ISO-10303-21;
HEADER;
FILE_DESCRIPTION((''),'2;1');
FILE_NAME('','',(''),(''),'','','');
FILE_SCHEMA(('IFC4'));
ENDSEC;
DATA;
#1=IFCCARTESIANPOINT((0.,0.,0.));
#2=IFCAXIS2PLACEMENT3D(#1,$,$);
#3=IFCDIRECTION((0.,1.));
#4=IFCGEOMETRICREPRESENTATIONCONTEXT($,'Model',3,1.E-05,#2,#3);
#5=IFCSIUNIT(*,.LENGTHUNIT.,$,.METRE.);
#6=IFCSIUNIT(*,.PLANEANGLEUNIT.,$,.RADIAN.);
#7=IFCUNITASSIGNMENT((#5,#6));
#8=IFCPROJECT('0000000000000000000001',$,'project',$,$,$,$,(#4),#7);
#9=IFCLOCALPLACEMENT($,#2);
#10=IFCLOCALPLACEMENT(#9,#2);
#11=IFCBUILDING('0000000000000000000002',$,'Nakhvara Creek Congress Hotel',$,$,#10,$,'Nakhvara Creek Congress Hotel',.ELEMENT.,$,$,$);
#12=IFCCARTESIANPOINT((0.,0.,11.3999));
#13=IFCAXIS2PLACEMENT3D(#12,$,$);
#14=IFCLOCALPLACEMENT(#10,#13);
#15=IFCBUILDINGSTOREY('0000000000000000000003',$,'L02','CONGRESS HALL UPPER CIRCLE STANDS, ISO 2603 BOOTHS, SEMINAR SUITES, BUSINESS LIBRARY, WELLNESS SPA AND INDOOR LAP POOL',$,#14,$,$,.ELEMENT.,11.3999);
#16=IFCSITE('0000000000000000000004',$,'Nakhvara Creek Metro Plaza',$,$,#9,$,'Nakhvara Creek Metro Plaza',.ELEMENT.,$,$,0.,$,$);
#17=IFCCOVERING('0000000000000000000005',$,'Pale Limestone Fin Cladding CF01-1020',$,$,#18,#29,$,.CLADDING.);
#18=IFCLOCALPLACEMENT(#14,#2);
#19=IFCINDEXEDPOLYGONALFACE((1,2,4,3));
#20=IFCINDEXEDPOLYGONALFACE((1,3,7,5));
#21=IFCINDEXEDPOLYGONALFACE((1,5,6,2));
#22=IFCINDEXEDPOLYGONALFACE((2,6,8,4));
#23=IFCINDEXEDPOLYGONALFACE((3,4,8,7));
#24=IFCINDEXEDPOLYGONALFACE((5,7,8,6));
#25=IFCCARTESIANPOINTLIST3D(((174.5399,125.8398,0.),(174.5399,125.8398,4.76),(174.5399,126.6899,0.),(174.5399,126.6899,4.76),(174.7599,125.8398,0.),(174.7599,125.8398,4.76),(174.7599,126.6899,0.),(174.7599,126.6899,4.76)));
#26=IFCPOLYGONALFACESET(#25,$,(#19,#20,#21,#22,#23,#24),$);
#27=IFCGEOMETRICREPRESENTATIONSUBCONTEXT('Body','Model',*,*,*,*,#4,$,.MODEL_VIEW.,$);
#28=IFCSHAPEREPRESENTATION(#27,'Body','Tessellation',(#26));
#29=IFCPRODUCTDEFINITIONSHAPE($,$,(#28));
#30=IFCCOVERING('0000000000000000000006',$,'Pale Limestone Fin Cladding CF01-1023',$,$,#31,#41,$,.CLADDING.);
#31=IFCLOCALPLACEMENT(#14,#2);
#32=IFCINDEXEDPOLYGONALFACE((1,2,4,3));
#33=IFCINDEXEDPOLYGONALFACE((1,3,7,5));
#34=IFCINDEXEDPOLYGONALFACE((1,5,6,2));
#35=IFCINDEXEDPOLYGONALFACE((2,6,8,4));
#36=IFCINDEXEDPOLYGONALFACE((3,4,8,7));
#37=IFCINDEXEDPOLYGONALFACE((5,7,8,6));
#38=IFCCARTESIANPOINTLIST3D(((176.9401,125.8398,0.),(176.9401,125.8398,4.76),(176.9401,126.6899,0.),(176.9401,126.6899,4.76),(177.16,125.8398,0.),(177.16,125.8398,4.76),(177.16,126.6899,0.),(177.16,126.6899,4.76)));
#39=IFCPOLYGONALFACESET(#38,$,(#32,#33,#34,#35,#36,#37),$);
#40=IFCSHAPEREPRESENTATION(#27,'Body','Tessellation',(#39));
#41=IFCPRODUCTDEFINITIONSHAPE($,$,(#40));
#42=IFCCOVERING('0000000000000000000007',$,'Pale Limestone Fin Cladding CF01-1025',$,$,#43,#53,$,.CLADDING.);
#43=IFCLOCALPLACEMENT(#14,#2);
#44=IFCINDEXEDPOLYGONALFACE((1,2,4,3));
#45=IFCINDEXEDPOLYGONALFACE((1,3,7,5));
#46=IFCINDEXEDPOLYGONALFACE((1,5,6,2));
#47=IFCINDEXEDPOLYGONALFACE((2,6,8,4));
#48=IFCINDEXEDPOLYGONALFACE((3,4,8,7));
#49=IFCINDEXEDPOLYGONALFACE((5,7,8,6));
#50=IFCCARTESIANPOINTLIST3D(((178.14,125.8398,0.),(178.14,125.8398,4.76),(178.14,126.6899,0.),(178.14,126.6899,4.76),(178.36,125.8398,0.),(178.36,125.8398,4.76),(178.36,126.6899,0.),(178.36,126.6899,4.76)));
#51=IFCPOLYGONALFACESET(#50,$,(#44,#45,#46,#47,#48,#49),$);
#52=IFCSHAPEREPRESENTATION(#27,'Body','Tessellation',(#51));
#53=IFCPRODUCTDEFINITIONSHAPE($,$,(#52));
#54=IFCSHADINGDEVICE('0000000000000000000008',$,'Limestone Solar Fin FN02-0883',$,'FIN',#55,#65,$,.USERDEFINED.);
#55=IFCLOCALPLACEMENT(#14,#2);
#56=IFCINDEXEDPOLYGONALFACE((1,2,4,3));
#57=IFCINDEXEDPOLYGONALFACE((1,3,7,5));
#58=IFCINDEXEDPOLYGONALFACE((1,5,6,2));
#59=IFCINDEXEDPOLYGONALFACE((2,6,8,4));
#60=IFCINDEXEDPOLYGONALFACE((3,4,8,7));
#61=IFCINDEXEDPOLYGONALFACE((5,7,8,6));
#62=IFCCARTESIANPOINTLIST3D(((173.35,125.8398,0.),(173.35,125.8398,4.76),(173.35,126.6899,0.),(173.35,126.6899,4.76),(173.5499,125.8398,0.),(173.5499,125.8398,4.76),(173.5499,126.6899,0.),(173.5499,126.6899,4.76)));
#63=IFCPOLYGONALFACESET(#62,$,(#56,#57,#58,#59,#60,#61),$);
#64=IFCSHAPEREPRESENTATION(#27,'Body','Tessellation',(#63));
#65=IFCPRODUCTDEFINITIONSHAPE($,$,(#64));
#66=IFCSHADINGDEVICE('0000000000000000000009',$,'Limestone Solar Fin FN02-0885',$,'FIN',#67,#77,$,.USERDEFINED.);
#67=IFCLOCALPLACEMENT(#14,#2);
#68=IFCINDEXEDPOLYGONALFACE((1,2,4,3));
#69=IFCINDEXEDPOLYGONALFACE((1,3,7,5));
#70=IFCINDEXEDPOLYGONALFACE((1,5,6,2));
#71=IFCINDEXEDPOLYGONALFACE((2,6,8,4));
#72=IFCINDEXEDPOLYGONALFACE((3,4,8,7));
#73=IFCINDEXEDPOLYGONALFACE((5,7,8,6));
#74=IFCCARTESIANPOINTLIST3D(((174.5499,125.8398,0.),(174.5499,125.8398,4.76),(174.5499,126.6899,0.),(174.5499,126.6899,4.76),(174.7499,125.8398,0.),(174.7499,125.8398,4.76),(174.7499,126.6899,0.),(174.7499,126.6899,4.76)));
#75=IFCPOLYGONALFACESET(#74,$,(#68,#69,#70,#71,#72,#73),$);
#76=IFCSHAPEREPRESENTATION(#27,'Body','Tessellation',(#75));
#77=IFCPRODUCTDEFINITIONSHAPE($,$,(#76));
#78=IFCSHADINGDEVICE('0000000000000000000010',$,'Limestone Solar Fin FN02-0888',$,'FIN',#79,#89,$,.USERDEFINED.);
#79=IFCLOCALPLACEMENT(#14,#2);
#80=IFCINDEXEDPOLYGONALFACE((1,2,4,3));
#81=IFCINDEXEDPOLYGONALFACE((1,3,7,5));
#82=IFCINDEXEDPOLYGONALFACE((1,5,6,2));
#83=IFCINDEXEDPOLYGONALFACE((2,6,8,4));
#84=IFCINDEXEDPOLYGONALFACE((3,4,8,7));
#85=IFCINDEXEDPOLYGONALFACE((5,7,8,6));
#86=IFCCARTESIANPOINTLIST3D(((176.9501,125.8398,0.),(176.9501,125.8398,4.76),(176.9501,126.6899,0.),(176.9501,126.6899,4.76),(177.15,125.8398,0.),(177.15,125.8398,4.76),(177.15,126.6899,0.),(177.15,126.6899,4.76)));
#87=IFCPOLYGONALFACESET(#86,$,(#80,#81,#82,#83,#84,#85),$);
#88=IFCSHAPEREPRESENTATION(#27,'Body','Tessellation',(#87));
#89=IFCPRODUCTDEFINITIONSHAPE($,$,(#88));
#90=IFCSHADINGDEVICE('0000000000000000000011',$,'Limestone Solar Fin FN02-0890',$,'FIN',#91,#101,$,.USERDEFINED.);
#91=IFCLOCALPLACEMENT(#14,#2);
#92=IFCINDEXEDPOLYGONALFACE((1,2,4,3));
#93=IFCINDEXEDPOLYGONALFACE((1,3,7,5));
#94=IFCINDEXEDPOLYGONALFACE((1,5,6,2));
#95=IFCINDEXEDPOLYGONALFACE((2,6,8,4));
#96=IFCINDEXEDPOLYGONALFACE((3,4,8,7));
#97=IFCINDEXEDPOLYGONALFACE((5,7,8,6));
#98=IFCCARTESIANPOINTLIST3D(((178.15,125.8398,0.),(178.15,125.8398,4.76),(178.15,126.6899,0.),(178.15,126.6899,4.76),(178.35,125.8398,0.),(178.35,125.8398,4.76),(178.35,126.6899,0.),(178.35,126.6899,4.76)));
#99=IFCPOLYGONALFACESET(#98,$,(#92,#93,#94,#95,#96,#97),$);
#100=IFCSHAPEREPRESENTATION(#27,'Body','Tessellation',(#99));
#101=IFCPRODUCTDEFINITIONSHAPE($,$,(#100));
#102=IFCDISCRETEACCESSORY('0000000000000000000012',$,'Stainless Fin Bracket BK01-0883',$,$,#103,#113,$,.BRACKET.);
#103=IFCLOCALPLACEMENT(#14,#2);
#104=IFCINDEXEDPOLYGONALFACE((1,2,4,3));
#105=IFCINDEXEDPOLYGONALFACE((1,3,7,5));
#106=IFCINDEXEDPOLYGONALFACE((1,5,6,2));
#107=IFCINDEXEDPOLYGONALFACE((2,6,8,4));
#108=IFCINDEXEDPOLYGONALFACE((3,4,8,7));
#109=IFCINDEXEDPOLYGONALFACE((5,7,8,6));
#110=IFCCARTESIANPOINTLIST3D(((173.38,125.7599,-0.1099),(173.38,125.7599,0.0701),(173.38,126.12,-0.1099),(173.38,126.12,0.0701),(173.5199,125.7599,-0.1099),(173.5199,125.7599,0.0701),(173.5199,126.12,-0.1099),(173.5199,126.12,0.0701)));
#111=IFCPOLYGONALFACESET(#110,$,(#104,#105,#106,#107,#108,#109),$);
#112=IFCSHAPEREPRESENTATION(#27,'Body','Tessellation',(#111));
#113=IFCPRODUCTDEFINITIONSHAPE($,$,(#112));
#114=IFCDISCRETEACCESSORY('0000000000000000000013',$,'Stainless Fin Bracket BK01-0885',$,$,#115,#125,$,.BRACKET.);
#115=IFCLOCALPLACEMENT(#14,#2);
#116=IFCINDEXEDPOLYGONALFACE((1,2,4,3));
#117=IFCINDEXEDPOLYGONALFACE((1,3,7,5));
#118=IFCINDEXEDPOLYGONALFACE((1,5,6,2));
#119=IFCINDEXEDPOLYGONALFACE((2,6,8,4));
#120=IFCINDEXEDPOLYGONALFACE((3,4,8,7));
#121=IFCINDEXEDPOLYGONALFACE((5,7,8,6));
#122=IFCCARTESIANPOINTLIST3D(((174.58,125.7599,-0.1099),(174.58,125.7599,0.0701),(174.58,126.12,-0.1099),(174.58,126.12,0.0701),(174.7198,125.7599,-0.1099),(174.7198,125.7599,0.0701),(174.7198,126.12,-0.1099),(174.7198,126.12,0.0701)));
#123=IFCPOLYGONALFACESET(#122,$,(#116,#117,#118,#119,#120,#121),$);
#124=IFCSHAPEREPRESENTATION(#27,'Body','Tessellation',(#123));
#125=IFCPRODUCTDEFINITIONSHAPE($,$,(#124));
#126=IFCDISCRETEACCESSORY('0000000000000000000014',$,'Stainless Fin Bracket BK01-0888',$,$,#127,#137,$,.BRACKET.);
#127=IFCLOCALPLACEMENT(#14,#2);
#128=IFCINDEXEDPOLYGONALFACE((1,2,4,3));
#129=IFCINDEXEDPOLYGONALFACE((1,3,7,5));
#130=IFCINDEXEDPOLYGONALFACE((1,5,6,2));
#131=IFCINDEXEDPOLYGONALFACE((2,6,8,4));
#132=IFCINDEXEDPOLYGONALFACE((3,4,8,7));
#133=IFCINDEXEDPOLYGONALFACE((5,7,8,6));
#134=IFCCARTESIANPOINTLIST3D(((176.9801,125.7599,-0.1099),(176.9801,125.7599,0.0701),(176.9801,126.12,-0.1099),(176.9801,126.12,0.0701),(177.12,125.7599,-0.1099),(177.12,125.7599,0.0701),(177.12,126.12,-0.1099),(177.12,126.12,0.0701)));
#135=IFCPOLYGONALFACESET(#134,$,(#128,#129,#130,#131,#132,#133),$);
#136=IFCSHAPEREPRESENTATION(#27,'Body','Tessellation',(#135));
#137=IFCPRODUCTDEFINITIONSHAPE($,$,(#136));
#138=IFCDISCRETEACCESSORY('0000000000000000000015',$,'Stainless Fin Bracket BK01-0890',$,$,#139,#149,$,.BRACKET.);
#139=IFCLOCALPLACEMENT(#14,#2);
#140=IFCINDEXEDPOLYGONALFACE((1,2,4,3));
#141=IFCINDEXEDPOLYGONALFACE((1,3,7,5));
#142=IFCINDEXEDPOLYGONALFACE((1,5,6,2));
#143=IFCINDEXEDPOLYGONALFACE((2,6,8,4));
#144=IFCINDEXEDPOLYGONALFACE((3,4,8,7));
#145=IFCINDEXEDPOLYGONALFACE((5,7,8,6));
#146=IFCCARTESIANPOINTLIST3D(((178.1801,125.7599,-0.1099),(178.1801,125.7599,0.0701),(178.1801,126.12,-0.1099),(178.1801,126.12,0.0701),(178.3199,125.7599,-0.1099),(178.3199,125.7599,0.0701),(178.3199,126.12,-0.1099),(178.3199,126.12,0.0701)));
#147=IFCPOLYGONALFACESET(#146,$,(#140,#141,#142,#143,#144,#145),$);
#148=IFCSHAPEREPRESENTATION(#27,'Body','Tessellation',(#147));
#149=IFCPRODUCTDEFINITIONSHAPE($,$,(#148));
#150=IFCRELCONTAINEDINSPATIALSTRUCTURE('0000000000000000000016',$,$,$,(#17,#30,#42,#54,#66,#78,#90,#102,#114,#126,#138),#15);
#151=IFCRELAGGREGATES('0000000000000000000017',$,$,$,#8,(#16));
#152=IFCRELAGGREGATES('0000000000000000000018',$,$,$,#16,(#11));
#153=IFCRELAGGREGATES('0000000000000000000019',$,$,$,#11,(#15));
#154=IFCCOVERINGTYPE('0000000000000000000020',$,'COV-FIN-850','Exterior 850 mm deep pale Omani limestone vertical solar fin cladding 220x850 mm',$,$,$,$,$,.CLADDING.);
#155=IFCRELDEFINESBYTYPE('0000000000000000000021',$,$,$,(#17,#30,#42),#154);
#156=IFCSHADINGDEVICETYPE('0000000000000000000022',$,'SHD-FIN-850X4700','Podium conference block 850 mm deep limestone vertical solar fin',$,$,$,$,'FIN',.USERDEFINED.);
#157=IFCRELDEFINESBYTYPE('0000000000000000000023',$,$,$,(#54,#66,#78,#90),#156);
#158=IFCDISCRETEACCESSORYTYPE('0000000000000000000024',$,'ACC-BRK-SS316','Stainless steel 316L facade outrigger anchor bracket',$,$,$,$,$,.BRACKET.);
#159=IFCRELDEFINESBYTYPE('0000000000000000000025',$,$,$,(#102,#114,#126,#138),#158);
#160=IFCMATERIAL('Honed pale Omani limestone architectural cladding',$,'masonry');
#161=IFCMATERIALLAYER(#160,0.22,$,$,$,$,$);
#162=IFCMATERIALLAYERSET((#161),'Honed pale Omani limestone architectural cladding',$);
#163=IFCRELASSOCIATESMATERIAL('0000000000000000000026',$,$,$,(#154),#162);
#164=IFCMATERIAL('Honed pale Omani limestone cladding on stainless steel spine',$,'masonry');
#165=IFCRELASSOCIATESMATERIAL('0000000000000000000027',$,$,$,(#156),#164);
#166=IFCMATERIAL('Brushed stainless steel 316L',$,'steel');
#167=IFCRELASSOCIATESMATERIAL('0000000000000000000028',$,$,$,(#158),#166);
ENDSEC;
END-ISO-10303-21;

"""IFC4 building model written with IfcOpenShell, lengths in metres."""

from ifc_helpers import new_model, si_unit, direction, frame, origin, origin_2d, place, context, subcontext, project, spatial, rectangle, extrude, material, layer, layer_set, type_object, element, save


model = new_model("IFC4")

# Units and contexts
model_context = context("Model", 3, precision=1e-05, world=origin(), true_north=direction((0.0, 1.0)))
body_context = subcontext(model_context, "Body", "Model", "MODEL_VIEW")
ifc_project = project(units=[si_unit("LENGTHUNIT", "METRE"), si_unit("PLANEANGLEUNIT", "RADIAN")], contexts=[model_context])

# Site, building, storey
site_placement = place(None, origin())
site = spatial("IfcSite", under=ifc_project, at=site_placement, Name="Nakhvara Creek Metro Plaza", LongName="Nakhvara Creek Metro Plaza", CompositionType="ELEMENT", RefElevation=0.0)
building_placement = place(site_placement, origin())
building = spatial("IfcBuilding", under=site, at=building_placement, Name="Nakhvara Creek Congress Hotel", LongName="Nakhvara Creek Congress Hotel", CompositionType="ELEMENT")
storey_placement = place(building_placement, frame((0.0, 0.0, 11.3999)))
storey = spatial("IfcBuildingStorey", under=building, at=storey_placement, Name="L02", Description="CONGRESS HALL UPPER CIRCLE STANDS, ISO 2603 BOOTHS, SEMINAR SUITES, BUSINESS LIBRARY, WELLNESS SPA AND INDOOR LAP POOL", CompositionType="ELEMENT", Elevation=11.3999)

# Coverings
ifc_material_1 = material(Name="Honed pale Omani limestone architectural cladding", Category="masonry")
ifc_layer_1 = layer(ifc_material_1, 0.22)
ifc_layer_set_1 = layer_set([ifc_layer_1], Name="Honed pale Omani limestone architectural cladding")
covering_type = type_object("IfcCoveringType", Name="COV-FIN-850", Description="Exterior 850 mm deep pale Omani limestone vertical solar fin cladding 220x850 mm", PredefinedType="CLADDING", material=ifc_layer_set_1)
for number, where, z_axis, x_axis, name in (
    (1, (174.6499, 126.2649, 0.0), (0.0, 0.0, 1.0), (1.0, 0.0, 0.0), "Pale Limestone Fin Cladding CF01-1020"),
    (2, (177.05, 126.2649, 0.0), (0.0, 0.0, 1.0), (1.0, 0.0, 0.0), "Pale Limestone Fin Cladding CF01-1023"),
    (3, (178.25, 126.2649, 0.0), (0.0, 0.0, 1.0), (1.0, 0.0, 0.0), "Pale Limestone Fin Cladding CF01-1025"),
):
    element("IfcCovering", number, at=place(storey_placement, frame(where, z_axis=z_axis, x_axis=x_axis)), inside=storey, type_object=covering_type, Name=name, PredefinedType="CLADDING", context=body_context, shape_type="SweptSolid", body=[
        extrude(rectangle(XDim=0.22, YDim=0.8501, at=origin_2d()), origin(), (0.0, 0.0, 1.0), 4.76),
    ])

# Shading devices
ifc_material_2 = material(Name="Honed pale Omani limestone cladding on stainless steel spine", Category="masonry")
shading_device_type = type_object("IfcShadingDeviceType", Name="SHD-FIN-850X4700", Description="Podium conference block 850 mm deep limestone vertical solar fin", ElementType="FIN", PredefinedType="USERDEFINED", material=ifc_material_2)
for number, where, z_axis, x_axis, name in (
    (4, (173.45, 126.2649, 0.0), (0.0, 0.0, 1.0), (1.0, 0.0, 0.0), "Limestone Solar Fin FN02-0883"),
    (5, (174.6499, 126.2649, 0.0), (0.0, 0.0, 1.0), (1.0, 0.0, 0.0), "Limestone Solar Fin FN02-0885"),
    (6, (177.05, 126.2649, 0.0), (0.0, 0.0, 1.0), (1.0, 0.0, 0.0), "Limestone Solar Fin FN02-0888"),
    (7, (178.25, 126.2649, 0.0), (0.0, 0.0, 1.0), (1.0, 0.0, 0.0), "Limestone Solar Fin FN02-0890"),
):
    element("IfcShadingDevice", number, at=place(storey_placement, frame(where, z_axis=z_axis, x_axis=x_axis)), inside=storey, type_object=shading_device_type, Name=name, ObjectType="FIN", PredefinedType="USERDEFINED", context=body_context, shape_type="SweptSolid", body=[
        extrude(rectangle(XDim=0.2, YDim=0.8501, at=origin_2d()), origin(), (0.0, 0.0, 1.0), 4.76),
    ])

# Discrete accessories
ifc_material_3 = material(Name="Brushed stainless steel 316L", Category="steel")
discrete_accessory_type = type_object("IfcDiscreteAccessoryType", Name="ACC-BRK-SS316", Description="Stainless steel 316L facade outrigger anchor bracket", PredefinedType="BRACKET", material=ifc_material_3)
for number, where, z_axis, x_axis, name in (
    (8, (173.45, 125.9399, -0.1099), (0.0, 0.0, 1.0), (1.0, 0.0, 0.0), "Stainless Fin Bracket BK01-0883"),
    (9, (174.6499, 125.9399, -0.1099), (0.0, 0.0, 1.0), (1.0, 0.0, 0.0), "Stainless Fin Bracket BK01-0885"),
    (10, (177.05, 125.9399, -0.1099), (0.0, 0.0, 1.0), (1.0, 0.0, 0.0), "Stainless Fin Bracket BK01-0888"),
    (11, (178.25, 125.9399, -0.1099), (0.0, 0.0, 1.0), (1.0, 0.0, 0.0), "Stainless Fin Bracket BK01-0890"),
):
    element("IfcDiscreteAccessory", number, at=place(storey_placement, frame(where, z_axis=z_axis, x_axis=x_axis)), inside=storey, type_object=discrete_accessory_type, Name=name, PredefinedType="BRACKET", context=body_context, shape_type="SweptSolid", body=[
        extrude(rectangle(XDim=0.1399, YDim=0.3601, at=origin_2d()), origin(), (0.0, 0.0, 1.0), 0.1799),
    ])

save(model, "model.ifc")
